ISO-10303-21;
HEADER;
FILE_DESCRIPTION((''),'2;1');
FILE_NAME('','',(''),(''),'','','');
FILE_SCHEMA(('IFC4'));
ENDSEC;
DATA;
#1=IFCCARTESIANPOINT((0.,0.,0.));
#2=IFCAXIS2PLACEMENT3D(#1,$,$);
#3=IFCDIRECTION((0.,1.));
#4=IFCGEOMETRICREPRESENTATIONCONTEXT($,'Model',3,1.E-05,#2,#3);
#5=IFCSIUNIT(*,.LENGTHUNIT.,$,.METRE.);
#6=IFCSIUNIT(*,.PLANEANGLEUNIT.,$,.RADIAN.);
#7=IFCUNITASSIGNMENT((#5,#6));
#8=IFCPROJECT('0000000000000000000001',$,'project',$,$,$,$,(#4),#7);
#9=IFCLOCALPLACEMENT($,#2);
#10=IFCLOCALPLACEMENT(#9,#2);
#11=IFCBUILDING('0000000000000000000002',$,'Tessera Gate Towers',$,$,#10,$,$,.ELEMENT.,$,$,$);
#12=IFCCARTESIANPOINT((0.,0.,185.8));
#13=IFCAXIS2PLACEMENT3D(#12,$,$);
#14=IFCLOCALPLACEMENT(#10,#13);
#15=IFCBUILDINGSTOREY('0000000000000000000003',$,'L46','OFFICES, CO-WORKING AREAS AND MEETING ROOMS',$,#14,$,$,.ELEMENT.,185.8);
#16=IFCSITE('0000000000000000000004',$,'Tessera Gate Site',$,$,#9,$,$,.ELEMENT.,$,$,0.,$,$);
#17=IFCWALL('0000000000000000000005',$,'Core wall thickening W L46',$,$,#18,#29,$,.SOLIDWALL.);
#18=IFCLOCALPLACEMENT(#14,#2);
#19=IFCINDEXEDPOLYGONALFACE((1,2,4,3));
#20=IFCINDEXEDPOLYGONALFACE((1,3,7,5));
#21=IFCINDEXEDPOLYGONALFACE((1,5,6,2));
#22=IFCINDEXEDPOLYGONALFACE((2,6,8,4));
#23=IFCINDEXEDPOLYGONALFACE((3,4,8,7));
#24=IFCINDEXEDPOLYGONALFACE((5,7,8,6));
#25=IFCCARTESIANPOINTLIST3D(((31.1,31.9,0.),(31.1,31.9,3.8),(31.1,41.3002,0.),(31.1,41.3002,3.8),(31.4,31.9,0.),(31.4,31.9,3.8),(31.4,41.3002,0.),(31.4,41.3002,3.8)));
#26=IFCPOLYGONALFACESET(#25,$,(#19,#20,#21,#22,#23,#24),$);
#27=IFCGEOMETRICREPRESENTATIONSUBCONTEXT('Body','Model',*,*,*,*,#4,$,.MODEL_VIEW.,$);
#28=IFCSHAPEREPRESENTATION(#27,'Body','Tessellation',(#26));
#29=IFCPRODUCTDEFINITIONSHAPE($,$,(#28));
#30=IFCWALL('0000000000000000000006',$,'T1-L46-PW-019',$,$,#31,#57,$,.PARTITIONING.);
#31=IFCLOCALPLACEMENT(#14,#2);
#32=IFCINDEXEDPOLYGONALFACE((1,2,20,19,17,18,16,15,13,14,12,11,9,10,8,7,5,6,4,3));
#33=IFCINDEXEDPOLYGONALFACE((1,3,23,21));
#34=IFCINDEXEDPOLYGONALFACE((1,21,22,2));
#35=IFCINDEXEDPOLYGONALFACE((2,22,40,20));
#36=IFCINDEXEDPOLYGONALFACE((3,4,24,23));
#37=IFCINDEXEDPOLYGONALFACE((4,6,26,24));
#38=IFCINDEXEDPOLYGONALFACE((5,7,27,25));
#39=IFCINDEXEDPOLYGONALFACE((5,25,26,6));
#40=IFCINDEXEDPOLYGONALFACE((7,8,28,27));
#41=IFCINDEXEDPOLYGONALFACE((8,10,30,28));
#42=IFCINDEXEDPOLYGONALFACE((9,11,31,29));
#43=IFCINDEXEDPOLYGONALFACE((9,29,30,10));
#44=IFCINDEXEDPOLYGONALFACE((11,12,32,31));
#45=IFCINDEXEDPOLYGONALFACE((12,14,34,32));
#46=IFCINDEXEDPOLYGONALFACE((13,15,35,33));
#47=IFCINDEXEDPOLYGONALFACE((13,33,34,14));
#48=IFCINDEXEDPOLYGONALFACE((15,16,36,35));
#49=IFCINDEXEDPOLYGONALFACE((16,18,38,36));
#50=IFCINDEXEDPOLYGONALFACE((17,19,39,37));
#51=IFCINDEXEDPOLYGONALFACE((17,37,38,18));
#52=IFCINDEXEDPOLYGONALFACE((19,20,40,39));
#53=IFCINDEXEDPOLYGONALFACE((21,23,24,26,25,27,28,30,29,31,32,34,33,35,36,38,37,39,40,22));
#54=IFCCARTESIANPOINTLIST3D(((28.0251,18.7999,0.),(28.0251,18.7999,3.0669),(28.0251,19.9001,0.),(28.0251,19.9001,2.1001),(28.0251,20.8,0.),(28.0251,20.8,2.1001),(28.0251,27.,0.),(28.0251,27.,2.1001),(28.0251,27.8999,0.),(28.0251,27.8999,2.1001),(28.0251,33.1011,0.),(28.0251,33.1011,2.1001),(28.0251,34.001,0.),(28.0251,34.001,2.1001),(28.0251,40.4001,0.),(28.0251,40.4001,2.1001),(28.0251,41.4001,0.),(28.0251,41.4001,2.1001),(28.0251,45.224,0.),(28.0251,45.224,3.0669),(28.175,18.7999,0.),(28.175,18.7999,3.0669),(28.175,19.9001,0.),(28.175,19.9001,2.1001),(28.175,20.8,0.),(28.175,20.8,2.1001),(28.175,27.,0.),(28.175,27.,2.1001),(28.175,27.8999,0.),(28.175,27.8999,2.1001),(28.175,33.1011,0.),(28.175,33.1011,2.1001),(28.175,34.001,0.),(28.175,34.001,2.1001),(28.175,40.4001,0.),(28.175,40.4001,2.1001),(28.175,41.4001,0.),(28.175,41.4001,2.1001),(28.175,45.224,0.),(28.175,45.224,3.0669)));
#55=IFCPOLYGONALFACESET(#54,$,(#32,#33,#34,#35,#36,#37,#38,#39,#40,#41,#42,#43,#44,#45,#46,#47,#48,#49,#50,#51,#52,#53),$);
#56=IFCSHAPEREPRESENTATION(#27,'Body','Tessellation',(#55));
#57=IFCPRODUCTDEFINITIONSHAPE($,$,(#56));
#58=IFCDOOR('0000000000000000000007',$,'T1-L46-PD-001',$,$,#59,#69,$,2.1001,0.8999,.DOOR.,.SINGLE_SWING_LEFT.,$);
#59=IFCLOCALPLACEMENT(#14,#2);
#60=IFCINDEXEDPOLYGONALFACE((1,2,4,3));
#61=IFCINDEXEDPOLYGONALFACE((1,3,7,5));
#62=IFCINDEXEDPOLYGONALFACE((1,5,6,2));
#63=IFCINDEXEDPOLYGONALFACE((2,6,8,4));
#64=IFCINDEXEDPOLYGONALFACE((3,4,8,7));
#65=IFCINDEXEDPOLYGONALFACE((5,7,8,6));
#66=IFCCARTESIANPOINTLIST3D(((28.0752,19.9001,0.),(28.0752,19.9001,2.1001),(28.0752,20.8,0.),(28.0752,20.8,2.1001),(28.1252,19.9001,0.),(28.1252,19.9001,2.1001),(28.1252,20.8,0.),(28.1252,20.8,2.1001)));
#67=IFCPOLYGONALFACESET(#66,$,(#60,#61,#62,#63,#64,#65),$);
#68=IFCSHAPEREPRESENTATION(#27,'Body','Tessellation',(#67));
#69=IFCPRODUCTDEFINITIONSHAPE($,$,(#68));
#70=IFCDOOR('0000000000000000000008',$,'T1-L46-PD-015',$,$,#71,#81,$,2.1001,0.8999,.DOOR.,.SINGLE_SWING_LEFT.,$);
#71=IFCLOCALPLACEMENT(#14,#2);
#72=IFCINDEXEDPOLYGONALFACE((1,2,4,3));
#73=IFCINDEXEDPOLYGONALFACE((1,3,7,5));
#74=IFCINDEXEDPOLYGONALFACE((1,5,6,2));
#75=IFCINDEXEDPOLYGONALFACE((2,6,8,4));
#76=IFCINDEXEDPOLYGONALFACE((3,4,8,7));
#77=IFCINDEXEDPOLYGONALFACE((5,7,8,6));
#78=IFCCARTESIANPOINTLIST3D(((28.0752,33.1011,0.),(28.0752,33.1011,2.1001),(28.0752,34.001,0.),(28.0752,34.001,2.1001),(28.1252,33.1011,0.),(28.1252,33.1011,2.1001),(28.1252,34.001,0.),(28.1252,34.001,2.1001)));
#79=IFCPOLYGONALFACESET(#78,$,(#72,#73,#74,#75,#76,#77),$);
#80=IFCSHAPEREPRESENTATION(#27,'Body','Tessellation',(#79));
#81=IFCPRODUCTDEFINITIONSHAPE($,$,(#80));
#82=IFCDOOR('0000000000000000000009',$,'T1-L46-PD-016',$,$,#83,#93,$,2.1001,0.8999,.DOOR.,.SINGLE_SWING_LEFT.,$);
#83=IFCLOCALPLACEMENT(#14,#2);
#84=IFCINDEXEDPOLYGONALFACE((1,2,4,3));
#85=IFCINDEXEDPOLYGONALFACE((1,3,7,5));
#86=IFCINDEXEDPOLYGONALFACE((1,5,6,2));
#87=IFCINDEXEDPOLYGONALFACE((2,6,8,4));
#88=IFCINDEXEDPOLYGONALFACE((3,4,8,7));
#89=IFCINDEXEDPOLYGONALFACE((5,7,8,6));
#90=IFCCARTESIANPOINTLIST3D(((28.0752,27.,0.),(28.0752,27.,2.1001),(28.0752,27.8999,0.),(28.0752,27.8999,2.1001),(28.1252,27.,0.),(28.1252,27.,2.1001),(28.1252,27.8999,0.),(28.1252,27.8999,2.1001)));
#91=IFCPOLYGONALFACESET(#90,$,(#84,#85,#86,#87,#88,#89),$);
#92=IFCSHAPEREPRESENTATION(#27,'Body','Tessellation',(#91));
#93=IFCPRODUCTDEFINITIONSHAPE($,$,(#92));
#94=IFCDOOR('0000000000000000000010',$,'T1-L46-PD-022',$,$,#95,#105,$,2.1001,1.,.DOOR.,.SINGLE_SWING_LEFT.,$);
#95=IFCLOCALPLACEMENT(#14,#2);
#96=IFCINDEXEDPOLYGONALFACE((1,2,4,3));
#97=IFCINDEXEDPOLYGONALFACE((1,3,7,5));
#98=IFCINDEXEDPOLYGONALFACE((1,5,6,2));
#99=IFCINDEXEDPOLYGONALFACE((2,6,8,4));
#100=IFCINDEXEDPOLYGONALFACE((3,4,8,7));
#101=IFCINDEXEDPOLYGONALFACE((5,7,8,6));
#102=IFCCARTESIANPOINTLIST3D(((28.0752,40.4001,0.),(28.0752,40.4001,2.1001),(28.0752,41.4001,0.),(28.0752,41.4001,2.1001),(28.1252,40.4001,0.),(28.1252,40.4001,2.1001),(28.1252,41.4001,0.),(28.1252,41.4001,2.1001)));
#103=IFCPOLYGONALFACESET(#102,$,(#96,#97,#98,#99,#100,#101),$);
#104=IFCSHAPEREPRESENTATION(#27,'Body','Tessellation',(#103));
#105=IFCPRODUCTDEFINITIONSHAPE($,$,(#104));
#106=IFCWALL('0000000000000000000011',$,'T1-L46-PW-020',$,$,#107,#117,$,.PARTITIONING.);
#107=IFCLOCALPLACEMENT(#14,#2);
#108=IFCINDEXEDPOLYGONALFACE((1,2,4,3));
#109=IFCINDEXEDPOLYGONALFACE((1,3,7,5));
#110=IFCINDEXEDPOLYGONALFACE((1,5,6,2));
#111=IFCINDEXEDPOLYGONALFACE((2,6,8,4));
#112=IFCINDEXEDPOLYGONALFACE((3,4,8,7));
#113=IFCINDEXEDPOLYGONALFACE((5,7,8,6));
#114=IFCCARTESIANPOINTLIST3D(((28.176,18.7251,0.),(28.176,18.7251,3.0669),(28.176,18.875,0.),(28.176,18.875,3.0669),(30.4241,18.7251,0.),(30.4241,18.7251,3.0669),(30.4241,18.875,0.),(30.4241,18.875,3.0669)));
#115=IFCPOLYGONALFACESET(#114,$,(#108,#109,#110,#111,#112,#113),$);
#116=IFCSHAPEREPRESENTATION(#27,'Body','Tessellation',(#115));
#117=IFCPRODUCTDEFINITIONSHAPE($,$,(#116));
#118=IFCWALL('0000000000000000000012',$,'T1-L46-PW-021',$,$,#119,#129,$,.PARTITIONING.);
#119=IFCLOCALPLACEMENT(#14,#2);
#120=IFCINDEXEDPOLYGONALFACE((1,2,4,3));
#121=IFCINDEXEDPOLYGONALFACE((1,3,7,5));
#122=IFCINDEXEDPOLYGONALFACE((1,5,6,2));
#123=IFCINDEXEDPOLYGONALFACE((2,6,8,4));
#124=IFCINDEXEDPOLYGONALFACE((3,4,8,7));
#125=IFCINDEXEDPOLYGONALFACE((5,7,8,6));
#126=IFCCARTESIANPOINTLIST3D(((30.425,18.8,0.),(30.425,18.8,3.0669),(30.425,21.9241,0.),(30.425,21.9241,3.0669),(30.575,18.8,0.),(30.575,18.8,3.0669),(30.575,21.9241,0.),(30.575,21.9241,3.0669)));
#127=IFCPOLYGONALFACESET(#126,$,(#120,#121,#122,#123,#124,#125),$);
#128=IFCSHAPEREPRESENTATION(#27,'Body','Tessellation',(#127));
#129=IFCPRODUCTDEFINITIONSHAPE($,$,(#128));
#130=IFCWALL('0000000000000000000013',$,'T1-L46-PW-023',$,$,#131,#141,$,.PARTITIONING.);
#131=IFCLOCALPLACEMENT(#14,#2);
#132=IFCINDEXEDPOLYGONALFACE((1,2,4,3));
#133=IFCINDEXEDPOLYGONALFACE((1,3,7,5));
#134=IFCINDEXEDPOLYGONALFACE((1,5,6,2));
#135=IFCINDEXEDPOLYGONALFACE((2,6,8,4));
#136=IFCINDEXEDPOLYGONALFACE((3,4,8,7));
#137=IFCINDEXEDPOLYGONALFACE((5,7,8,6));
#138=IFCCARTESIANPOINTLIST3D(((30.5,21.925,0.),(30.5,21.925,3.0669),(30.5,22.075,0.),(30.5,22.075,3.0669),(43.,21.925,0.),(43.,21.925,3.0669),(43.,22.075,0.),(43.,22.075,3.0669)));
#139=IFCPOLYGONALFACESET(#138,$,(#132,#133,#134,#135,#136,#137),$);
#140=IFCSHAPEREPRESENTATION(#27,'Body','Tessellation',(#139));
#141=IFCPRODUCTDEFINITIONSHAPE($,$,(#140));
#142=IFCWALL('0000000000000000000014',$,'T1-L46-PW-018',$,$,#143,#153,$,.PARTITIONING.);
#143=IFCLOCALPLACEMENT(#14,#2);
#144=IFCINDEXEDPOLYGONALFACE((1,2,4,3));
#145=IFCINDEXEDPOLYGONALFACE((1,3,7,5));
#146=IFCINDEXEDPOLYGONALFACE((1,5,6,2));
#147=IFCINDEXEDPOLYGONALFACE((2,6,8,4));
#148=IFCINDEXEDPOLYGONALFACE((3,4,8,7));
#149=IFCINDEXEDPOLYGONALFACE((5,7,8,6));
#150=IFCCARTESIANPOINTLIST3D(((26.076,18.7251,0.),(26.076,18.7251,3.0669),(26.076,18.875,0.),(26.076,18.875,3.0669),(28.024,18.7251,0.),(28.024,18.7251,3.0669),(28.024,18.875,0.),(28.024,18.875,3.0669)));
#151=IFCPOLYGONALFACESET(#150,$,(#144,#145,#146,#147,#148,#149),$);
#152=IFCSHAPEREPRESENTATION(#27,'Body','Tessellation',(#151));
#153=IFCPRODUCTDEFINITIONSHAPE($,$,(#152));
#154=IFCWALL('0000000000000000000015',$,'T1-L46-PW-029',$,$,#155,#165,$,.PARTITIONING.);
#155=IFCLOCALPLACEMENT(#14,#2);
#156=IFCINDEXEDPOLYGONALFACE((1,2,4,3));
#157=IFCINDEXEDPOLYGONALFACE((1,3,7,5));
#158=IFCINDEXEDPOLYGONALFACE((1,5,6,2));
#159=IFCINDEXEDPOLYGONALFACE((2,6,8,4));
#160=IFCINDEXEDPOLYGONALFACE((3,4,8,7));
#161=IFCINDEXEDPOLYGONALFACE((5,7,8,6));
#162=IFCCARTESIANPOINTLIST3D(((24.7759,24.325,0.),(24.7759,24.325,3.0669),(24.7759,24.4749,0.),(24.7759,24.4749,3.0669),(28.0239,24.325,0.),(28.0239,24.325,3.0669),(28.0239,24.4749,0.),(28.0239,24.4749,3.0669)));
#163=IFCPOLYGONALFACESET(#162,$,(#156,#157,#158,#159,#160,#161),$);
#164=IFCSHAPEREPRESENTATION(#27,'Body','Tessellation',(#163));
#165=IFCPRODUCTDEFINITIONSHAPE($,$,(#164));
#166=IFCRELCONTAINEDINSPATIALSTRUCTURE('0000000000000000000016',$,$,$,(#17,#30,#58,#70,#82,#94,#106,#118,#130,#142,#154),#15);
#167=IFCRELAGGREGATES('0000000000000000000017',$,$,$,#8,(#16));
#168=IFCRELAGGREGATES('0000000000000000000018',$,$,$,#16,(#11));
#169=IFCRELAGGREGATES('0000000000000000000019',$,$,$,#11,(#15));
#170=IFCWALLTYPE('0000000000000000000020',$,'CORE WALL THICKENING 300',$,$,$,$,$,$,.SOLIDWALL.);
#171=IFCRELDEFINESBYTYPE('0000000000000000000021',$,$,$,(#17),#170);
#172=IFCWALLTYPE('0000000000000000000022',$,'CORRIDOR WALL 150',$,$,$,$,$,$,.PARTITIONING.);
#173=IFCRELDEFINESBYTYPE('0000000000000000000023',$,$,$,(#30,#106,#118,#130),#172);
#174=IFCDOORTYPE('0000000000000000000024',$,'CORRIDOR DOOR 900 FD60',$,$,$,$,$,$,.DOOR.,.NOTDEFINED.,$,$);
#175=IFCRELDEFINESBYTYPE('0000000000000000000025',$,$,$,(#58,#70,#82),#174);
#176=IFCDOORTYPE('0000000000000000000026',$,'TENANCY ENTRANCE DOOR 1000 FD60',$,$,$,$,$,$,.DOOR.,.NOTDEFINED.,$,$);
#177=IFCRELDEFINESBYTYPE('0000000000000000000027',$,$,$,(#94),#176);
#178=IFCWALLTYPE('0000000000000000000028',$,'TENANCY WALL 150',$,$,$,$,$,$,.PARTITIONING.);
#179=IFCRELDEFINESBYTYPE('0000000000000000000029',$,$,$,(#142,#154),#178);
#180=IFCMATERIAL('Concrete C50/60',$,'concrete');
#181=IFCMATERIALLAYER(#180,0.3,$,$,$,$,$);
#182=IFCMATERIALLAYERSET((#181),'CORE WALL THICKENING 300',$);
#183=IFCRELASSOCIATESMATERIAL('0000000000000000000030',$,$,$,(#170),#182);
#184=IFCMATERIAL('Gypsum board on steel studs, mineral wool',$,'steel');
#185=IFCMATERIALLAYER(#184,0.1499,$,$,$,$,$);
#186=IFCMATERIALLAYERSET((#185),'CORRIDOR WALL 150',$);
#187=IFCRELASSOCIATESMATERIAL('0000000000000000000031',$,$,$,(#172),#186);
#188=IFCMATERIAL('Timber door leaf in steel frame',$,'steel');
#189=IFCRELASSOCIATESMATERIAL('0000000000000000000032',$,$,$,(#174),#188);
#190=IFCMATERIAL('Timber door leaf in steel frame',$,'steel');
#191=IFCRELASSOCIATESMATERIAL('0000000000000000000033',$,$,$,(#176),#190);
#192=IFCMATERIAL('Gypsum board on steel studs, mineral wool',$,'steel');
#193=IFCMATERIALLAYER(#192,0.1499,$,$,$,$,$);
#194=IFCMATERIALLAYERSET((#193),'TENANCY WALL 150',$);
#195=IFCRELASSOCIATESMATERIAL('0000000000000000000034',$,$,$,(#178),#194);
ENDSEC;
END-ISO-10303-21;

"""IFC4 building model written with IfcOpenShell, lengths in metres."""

from ifc_helpers import new_model, si_unit, direction, frame, frame_2d, origin, place, context, subcontext, project, spatial, rectangle, extrude, source, transform, mapped, material, layer, layer_set, type_object, element, fill, save


model = new_model("IFC4")

# Units and contexts
model_context = context("Model", 3, precision=1e-05, world=origin(), true_north=direction((0.0, 1.0)))
body_context = subcontext(model_context, "Body", "Model", "MODEL_VIEW")
ifc_project = project(units=[si_unit("LENGTHUNIT", "METRE"), si_unit("PLANEANGLEUNIT", "RADIAN")], contexts=[model_context])

# Site, building, storey
site_placement = place(None, origin())
site = spatial("IfcSite", under=ifc_project, at=site_placement, Name="Tessera Gate Site", CompositionType="ELEMENT", RefElevation=0.0)
building_placement = place(site_placement, origin())
building = spatial("IfcBuilding", under=site, at=building_placement, Name="Tessera Gate Towers", CompositionType="ELEMENT")
storey_placement = place(building_placement, frame((0.0, 0.0, 185.8)))
storey = spatial("IfcBuildingStorey", under=building, at=storey_placement, Name="L46", Description="OFFICES, CO-WORKING AREAS AND MEETING ROOMS", CompositionType="ELEMENT", Elevation=185.8)

# Shared definitions
shared_shape_1 = source(origin(), body_context, "Body", "SweptSolid", [
    extrude(rectangle(XDim=0.8999, YDim=2.1001, at=frame_2d((0.45, 1.05))), frame((0.0, 0.0249, 0.0), z_axis=(0.0, -1.0, 0.0), x_axis=(1.0, 0.0, 0.0)), (0.0, 0.0, 1.0), 0.05),
])

# Wall
ifc_material_1 = material(Name="Concrete C50/60", Category="concrete")
ifc_layer_1 = layer(ifc_material_1, 0.3)
ifc_layer_set_1 = layer_set([ifc_layer_1], Name="CORE WALL THICKENING 300")
wall_type_1 = type_object("IfcWallType", Name="CORE WALL THICKENING 300", PredefinedType="SOLIDWALL", material=ifc_layer_set_1)
wall_1_placement = place(storey_placement, frame((31.25, 31.8999, 0.0), z_axis=(0.0, 0.0, 1.0), x_axis=(0.0, 1.0, 0.0)))
element("IfcWall", 1, at=wall_1_placement, inside=storey, type_object=wall_type_1, Name="Core wall thickening W L46", PredefinedType="SOLIDWALL", context=body_context, shape_type="SweptSolid", body=[
    extrude(rectangle(XDim=9.4001, YDim=0.3, at=frame_2d((4.7002, 0.0))), origin(), (0.0, 0.0, 1.0), 3.8),
])

# Wall, openings, doors
ifc_material_2 = material(Name="Gypsum board on steel studs, mineral wool", Category="steel")
ifc_layer_2 = layer(ifc_material_2, 0.1499)
ifc_layer_set_2 = layer_set([ifc_layer_2], Name="CORRIDOR WALL 150")
wall_type_2 = type_object("IfcWallType", Name="CORRIDOR WALL 150", PredefinedType="PARTITIONING", material=ifc_layer_set_2)
wall_2_placement = place(storey_placement, frame((28.1001, 18.8, 0.0), z_axis=(0.0, 0.0, 1.0), x_axis=(0.0, 1.0, 0.0)))
wall_2 = element("IfcWall", 2, at=wall_2_placement, inside=storey, type_object=wall_type_2, Name="T1-L46-PW-019", PredefinedType="PARTITIONING", context=body_context, shape_type="SweptSolid", body=[
    extrude(rectangle(XDim=26.4241, YDim=0.1499, at=frame_2d((13.2119, 0.0))), origin(), (0.0, 0.0, 1.0), 3.0669),
])
shared_shape_2 = source(origin(), body_context, "Body", "SweptSolid", [
    extrude(rectangle(XDim=0.8999, YDim=2.1001, at=frame_2d((0.45, 1.05))), frame((0.0, 0.085, 0.0), z_axis=(0.0, -1.0, 0.0), x_axis=(1.0, 0.0, 0.0)), (0.0, 0.0, 1.0), 0.1699),
])
opening_1_placement = place(wall_2_placement, frame((1.1001, 0.0, 0.0)))
opening_1 = element("IfcOpeningElement", 3, at=opening_1_placement, cuts=wall_2, PredefinedType="OPENING", context=body_context, shape_type="MappedRepresentation", body=[
    mapped(shared_shape_2, transform((0.0, 0.0, 0.0), scale=1.0)),
])
opening_2_placement = place(wall_2_placement, frame((14.301, 0.0, 0.0)))
opening_2 = element("IfcOpeningElement", 4, at=opening_2_placement, cuts=wall_2, PredefinedType="OPENING", context=body_context, shape_type="MappedRepresentation", body=[
    mapped(shared_shape_2, transform((0.0, 0.0, 0.0), scale=1.0)),
])
opening_3_placement = place(wall_2_placement, frame((8.2, 0.0, 0.0)))
opening_3 = element("IfcOpeningElement", 5, at=opening_3_placement, cuts=wall_2, PredefinedType="OPENING", context=body_context, shape_type="MappedRepresentation", body=[
    mapped(shared_shape_2, transform((0.0, 0.0, 0.0), scale=1.0)),
])
shared_shape_3 = source(origin(), body_context, "Body", "SweptSolid", [
    extrude(rectangle(XDim=1.0, YDim=2.1001, at=frame_2d((0.5, 1.05))), frame((0.0, 0.085, 0.0), z_axis=(0.0, -1.0, 0.0), x_axis=(1.0, 0.0, 0.0)), (0.0, 0.0, 1.0), 0.1699),
])
opening_4_placement = place(wall_2_placement, frame((21.6001, 0.0, 0.0)))
opening_4 = element("IfcOpeningElement", 6, at=opening_4_placement, cuts=wall_2, PredefinedType="OPENING", context=body_context, shape_type="MappedRepresentation", body=[
    mapped(shared_shape_3, transform((0.0, 0.0, 0.0), scale=1.0)),
])
ifc_material_3 = material(Name="Timber door leaf in steel frame", Category="steel")
door_type_1 = type_object("IfcDoorType", Name="CORRIDOR DOOR 900 FD60", OperationType="NOTDEFINED", PredefinedType="DOOR", material=ifc_material_3)
door_1_placement = place(opening_1_placement, origin())
door_1 = element("IfcDoor", 7, at=door_1_placement, inside=storey, type_object=door_type_1, Name="T1-L46-PD-001", OperationType="SINGLE_SWING_LEFT", OverallHeight=2.1001, OverallWidth=0.8999, PredefinedType="DOOR", context=body_context, shape_type="MappedRepresentation", body=[
    mapped(shared_shape_1, transform((0.0, 0.0, 0.0), scale=1.0)),
])
fill(opening_1, door_1)
door_2_placement = place(opening_2_placement, origin())
door_2 = element("IfcDoor", 8, at=door_2_placement, inside=storey, type_object=door_type_1, Name="T1-L46-PD-015", OperationType="SINGLE_SWING_LEFT", OverallHeight=2.1001, OverallWidth=0.8999, PredefinedType="DOOR", context=body_context, shape_type="MappedRepresentation", body=[
    mapped(shared_shape_1, transform((0.0, 0.0, 0.0), scale=1.0)),
])
fill(opening_2, door_2)
door_3_placement = place(opening_3_placement, origin())
door_3 = element("IfcDoor", 9, at=door_3_placement, inside=storey, type_object=door_type_1, Name="T1-L46-PD-016", OperationType="SINGLE_SWING_LEFT", OverallHeight=2.1001, OverallWidth=0.8999, PredefinedType="DOOR", context=body_context, shape_type="MappedRepresentation", body=[
    mapped(shared_shape_1, transform((0.0, 0.0, 0.0), scale=1.0)),
])
fill(opening_3, door_3)
ifc_material_4 = material(Name="Timber door leaf in steel frame", Category="steel")
door_type_2 = type_object("IfcDoorType", Name="TENANCY ENTRANCE DOOR 1000 FD60", OperationType="NOTDEFINED", PredefinedType="DOOR", material=ifc_material_4)
shared_shape_4 = source(origin(), body_context, "Body", "SweptSolid", [
    extrude(rectangle(XDim=1.0, YDim=2.1001, at=frame_2d((0.5, 1.05))), frame((0.0, 0.0249, 0.0), z_axis=(0.0, -1.0, 0.0), x_axis=(1.0, 0.0, 0.0)), (0.0, 0.0, 1.0), 0.05),
])
door_4_placement = place(opening_4_placement, origin())
door_4 = element("IfcDoor", 10, at=door_4_placement, inside=storey, type_object=door_type_2, Name="T1-L46-PD-022", OperationType="SINGLE_SWING_LEFT", OverallHeight=2.1001, OverallWidth=1.0, PredefinedType="DOOR", context=body_context, shape_type="MappedRepresentation", body=[
    mapped(shared_shape_4, transform((0.0, 0.0, 0.0), scale=1.0)),
])
fill(opening_4, door_4)

# Walls
wall_3_placement = place(storey_placement, frame((28.176, 18.8, 0.0), z_axis=(0.0, 0.0, 1.0), x_axis=(1.0, 0.0, 0.0)))
element("IfcWall", 11, at=wall_3_placement, inside=storey, type_object=wall_type_2, Name="T1-L46-PW-020", PredefinedType="PARTITIONING", context=body_context, shape_type="SweptSolid", body=[
    extrude(rectangle(XDim=2.248, YDim=0.1499, at=frame_2d((1.124, 0.0))), origin(), (0.0, 0.0, 1.0), 3.0669),
])
wall_4_placement = place(storey_placement, frame((30.5, 18.8, 0.0), z_axis=(0.0, 0.0, 1.0), x_axis=(0.0, 1.0, 0.0)))
element("IfcWall", 12, at=wall_4_placement, inside=storey, type_object=wall_type_2, Name="T1-L46-PW-021", PredefinedType="PARTITIONING", context=body_context, shape_type="SweptSolid", body=[
    extrude(rectangle(XDim=3.124, YDim=0.1499, at=frame_2d((1.562, 0.0))), origin(), (0.0, 0.0, 1.0), 3.0669),
])
wall_5_placement = place(storey_placement, frame((30.5, 22.0, 0.0), z_axis=(0.0, 0.0, 1.0), x_axis=(1.0, 0.0, 0.0)))
element("IfcWall", 13, at=wall_5_placement, inside=storey, type_object=wall_type_2, Name="T1-L46-PW-023", PredefinedType="PARTITIONING", context=body_context, shape_type="SweptSolid", body=[
    extrude(rectangle(XDim=12.5, YDim=0.1499, at=frame_2d((6.25, 0.0))), origin(), (0.0, 0.0, 1.0), 3.0669),
])
ifc_material_5 = material(Name="Gypsum board on steel studs, mineral wool", Category="steel")
ifc_layer_3 = layer(ifc_material_5, 0.1499)
ifc_layer_set_3 = layer_set([ifc_layer_3], Name="TENANCY WALL 150")
wall_type_3 = type_object("IfcWallType", Name="TENANCY WALL 150", PredefinedType="PARTITIONING", material=ifc_layer_set_3)
wall_6_placement = place(storey_placement, frame((26.0759, 18.8, 0.0), z_axis=(0.0, 0.0, 1.0), x_axis=(1.0, 0.0, 0.0)))
element("IfcWall", 14, at=wall_6_placement, inside=storey, type_object=wall_type_3, Name="T1-L46-PW-018", PredefinedType="PARTITIONING", context=body_context, shape_type="SweptSolid", body=[
    extrude(rectangle(XDim=1.948, YDim=0.1499, at=frame_2d((0.9741, 0.0))), origin(), (0.0, 0.0, 1.0), 3.0669),
])
wall_7_placement = place(storey_placement, frame((24.7759, 24.3999, 0.0), z_axis=(0.0, 0.0, 1.0), x_axis=(1.0, 0.0, 0.0)))
element("IfcWall", 15, at=wall_7_placement, inside=storey, type_object=wall_type_3, Name="T1-L46-PW-029", PredefinedType="PARTITIONING", context=body_context, shape_type="SweptSolid", body=[
    extrude(rectangle(XDim=3.248, YDim=0.1499, at=frame_2d((1.624, 0.0))), origin(), (0.0, 0.0, 1.0), 3.0669),
])

save(model, "model.ifc")
